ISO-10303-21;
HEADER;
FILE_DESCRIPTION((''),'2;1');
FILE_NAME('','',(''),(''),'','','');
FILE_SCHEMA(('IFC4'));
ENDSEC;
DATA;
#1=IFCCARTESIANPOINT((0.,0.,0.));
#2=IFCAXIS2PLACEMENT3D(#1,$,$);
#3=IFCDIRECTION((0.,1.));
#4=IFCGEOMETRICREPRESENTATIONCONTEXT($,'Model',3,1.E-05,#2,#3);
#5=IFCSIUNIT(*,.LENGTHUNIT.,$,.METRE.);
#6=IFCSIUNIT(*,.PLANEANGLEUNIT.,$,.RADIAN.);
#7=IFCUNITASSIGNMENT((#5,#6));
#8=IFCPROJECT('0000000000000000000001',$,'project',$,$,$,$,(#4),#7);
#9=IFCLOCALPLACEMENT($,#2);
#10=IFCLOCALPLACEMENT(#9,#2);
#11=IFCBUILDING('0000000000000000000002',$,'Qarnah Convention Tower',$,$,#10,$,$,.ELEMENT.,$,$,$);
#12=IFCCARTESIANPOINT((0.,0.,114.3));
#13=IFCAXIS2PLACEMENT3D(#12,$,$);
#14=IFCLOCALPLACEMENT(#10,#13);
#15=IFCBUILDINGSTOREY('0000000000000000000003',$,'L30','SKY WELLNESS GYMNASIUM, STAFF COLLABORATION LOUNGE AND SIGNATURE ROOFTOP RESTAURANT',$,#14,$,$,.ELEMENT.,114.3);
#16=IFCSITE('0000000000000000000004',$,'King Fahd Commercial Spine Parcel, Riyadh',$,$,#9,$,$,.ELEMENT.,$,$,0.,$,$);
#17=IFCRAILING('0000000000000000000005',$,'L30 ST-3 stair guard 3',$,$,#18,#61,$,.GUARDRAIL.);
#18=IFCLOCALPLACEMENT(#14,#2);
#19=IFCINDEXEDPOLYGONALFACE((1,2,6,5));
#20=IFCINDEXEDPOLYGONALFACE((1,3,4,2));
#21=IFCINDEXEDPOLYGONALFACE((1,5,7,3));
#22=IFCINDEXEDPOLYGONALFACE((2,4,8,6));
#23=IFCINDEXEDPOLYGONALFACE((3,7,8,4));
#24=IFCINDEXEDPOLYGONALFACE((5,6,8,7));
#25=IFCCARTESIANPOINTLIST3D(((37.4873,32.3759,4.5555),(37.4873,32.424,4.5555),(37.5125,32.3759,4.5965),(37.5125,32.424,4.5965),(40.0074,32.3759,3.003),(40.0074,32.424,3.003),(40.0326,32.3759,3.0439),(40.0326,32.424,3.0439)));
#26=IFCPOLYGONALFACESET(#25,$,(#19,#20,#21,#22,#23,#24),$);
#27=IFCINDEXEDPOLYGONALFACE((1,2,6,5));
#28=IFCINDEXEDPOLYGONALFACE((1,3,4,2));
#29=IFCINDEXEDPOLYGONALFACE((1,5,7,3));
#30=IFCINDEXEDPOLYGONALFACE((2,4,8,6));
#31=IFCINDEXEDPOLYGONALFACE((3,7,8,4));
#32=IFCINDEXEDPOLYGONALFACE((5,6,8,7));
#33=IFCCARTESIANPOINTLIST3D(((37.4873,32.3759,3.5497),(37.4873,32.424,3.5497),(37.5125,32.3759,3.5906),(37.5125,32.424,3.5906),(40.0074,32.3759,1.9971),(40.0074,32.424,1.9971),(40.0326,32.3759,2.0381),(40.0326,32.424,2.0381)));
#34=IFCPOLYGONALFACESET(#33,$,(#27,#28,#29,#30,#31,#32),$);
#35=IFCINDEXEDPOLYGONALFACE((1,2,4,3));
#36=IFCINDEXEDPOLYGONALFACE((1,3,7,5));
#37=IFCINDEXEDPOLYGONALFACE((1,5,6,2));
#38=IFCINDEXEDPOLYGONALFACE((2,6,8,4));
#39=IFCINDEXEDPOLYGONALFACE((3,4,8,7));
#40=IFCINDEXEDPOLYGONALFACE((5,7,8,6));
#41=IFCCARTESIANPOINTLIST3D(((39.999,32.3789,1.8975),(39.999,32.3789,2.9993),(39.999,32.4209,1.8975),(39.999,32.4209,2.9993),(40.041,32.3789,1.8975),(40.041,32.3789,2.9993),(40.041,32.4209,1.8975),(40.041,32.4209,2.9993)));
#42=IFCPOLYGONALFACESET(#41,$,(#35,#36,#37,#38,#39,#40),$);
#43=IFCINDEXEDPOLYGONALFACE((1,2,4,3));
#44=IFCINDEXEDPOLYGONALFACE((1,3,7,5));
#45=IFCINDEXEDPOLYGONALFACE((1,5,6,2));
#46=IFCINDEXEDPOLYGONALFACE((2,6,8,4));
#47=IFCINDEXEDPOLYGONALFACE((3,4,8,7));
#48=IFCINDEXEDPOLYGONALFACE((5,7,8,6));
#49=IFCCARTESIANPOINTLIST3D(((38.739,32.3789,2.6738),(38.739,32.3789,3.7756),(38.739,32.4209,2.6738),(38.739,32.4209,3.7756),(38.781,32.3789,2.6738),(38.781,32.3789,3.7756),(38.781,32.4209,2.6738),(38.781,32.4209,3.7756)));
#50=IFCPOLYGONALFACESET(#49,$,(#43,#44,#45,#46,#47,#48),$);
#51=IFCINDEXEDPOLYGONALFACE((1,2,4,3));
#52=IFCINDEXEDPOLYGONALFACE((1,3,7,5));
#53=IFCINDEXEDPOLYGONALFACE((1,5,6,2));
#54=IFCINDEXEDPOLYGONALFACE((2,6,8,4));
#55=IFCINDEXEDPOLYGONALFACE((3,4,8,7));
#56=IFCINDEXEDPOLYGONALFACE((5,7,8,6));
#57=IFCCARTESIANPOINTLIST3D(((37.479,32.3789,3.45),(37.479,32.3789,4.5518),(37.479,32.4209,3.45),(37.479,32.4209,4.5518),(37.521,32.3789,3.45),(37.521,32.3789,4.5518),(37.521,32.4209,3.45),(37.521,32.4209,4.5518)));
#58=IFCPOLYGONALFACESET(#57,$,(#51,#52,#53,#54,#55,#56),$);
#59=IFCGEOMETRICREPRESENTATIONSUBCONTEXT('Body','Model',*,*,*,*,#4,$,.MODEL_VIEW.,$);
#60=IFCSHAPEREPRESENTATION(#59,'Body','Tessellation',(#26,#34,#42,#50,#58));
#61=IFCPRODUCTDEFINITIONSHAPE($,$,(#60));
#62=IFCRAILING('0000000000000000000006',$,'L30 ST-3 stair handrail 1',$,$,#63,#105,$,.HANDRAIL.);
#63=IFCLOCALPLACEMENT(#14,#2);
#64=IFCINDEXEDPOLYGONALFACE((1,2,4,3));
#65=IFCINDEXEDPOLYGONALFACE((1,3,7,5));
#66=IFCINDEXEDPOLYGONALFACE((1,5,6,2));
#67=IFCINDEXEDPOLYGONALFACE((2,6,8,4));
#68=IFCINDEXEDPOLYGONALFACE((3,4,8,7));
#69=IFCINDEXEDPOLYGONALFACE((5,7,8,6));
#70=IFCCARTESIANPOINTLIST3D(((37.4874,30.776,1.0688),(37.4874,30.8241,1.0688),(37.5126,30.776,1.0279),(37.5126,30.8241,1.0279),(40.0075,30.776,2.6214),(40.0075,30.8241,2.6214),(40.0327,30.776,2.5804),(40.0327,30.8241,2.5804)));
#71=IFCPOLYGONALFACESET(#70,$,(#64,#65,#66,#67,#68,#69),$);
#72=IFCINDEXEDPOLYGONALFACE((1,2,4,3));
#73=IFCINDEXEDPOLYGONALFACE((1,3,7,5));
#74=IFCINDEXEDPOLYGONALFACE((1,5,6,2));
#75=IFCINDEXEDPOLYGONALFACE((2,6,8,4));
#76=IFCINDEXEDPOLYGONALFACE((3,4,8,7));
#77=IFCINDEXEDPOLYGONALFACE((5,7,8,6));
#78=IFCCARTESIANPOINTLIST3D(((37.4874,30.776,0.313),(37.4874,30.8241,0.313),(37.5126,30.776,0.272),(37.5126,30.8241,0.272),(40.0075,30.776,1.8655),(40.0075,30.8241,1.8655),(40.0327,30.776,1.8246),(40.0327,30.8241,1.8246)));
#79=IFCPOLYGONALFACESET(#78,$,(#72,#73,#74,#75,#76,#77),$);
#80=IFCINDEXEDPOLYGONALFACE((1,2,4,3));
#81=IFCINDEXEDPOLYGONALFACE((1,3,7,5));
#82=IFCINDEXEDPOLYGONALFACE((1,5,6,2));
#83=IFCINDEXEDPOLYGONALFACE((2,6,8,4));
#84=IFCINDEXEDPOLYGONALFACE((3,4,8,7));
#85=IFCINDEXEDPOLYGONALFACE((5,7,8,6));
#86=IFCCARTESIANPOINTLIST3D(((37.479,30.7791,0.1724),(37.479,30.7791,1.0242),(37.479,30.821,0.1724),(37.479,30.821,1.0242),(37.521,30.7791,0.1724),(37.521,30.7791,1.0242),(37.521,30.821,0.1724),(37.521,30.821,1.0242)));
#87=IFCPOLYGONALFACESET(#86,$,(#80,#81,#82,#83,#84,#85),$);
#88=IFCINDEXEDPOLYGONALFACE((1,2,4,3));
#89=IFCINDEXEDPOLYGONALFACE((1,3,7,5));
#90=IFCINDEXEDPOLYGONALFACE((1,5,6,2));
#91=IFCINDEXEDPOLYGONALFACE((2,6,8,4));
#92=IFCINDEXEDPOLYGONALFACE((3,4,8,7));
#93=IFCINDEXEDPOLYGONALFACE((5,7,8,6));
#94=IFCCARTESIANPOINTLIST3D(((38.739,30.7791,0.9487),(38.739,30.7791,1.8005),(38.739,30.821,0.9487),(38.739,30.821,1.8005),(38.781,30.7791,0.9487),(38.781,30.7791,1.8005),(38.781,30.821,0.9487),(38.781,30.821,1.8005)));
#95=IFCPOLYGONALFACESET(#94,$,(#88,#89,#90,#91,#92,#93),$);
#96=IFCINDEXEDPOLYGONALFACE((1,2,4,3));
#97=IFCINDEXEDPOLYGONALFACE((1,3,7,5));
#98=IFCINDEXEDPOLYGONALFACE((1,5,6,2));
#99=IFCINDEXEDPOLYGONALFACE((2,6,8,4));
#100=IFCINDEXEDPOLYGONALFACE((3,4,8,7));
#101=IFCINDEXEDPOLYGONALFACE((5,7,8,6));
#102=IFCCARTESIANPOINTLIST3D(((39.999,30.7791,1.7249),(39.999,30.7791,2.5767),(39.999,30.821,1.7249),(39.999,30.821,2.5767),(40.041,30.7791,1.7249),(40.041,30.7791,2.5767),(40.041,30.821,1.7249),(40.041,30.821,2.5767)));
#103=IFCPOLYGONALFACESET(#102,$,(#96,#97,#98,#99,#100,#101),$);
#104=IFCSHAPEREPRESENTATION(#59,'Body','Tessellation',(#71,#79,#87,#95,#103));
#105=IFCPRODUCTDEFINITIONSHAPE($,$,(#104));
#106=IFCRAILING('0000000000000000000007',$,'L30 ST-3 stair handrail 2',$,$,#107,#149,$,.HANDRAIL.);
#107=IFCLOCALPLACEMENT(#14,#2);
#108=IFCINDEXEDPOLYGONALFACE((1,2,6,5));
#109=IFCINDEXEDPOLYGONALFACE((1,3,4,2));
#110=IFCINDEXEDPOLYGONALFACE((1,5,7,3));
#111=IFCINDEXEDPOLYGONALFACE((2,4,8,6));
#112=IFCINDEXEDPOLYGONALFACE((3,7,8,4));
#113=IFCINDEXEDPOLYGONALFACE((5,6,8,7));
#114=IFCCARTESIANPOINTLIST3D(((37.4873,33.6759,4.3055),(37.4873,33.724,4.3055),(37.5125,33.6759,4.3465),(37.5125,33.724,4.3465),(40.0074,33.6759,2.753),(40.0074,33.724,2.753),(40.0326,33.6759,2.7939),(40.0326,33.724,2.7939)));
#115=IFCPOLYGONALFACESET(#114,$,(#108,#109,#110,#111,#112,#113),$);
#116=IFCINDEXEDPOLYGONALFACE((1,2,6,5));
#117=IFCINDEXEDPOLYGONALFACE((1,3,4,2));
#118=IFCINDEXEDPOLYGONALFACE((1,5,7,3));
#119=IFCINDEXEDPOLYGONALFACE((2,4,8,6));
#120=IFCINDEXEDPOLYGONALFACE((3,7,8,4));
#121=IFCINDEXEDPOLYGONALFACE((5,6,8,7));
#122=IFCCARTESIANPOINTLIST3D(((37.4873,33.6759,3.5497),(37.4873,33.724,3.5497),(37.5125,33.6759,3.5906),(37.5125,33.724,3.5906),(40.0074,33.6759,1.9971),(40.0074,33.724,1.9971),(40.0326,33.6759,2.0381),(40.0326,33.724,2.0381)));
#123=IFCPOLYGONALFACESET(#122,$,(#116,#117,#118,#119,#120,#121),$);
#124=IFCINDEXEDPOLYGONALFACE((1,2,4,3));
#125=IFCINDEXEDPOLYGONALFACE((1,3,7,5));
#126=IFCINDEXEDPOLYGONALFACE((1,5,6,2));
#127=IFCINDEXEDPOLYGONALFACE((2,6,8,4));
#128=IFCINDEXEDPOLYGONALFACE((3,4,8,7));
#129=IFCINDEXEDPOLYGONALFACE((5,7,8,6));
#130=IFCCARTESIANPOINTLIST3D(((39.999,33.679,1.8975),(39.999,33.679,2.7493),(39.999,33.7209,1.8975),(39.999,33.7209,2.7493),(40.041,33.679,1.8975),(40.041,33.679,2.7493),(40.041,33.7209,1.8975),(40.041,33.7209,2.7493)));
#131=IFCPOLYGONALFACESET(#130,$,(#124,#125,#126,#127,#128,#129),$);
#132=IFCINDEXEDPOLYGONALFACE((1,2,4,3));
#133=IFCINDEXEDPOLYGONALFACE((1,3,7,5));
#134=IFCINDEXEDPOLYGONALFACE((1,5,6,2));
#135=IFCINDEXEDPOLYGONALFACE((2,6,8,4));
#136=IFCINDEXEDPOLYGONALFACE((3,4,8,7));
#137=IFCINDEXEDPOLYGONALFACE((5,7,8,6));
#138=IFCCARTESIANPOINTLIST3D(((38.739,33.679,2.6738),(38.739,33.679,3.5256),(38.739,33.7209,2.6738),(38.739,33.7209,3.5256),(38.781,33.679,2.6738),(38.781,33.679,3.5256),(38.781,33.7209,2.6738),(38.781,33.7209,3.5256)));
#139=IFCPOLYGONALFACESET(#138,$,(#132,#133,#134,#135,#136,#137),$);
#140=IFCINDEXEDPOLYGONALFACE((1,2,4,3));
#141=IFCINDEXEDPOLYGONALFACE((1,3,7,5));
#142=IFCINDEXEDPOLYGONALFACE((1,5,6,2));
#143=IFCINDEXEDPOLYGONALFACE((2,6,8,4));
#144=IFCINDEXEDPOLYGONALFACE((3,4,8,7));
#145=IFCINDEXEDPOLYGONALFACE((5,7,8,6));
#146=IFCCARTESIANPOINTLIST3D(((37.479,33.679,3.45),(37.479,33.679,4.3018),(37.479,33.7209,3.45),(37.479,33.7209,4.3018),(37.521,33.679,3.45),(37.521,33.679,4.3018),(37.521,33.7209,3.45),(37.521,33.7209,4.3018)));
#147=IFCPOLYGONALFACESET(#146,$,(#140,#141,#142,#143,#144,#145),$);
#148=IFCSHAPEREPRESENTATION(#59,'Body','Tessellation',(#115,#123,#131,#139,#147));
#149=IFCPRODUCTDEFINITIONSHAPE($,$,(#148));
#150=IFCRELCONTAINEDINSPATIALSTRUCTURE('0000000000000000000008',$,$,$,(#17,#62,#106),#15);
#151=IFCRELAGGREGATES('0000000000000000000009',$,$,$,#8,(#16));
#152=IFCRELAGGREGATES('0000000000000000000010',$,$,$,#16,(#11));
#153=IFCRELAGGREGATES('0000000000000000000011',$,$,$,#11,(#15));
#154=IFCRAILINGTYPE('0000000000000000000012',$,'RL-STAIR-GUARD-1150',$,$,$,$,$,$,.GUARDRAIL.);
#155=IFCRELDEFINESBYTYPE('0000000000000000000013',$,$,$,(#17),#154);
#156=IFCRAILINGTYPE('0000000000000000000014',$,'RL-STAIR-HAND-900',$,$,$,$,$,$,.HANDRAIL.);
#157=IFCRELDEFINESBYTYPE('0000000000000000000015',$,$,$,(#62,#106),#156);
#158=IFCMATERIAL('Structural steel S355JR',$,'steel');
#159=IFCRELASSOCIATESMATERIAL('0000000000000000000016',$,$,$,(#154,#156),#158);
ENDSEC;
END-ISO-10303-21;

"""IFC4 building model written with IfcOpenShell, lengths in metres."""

from ifc_helpers import new_model, si_unit, direction, frame, origin, origin_2d, place, context, subcontext, project, spatial, rectangle, extrude, material, type_object, element, save


model = new_model("IFC4")

# Units and contexts
model_context = context("Model", 3, precision=1e-05, world=origin(), true_north=direction((0.0, 1.0)))
body_context = subcontext(model_context, "Body", "Model", "MODEL_VIEW")
ifc_project = project(units=[si_unit("LENGTHUNIT", "METRE"), si_unit("PLANEANGLEUNIT", "RADIAN")], contexts=[model_context])

# Site, building, storey
site_placement = place(None, origin())
site = spatial("IfcSite", under=ifc_project, at=site_placement, Name="King Fahd Commercial Spine Parcel, Riyadh", CompositionType="ELEMENT", RefElevation=0.0)
building_placement = place(site_placement, origin())
building = spatial("IfcBuilding", under=site, at=building_placement, Name="Qarnah Convention Tower", CompositionType="ELEMENT")
storey_placement = place(building_placement, frame((0.0, 0.0, 114.3)))
storey = spatial("IfcBuildingStorey", under=building, at=storey_placement, Name="L30", Description="SKY WELLNESS GYMNASIUM, STAFF COLLABORATION LOUNGE AND SIGNATURE ROOFTOP RESTAURANT", CompositionType="ELEMENT", Elevation=114.3)

# Shared definitions
ifc_material_1 = material(Name="Structural steel S355JR", Category="steel")

# Railings
railing_type_1 = type_object("IfcRailingType", Name="RL-STAIR-GUARD-1150", PredefinedType="GUARDRAIL", material=ifc_material_1)
railing_1_placement = place(storey_placement, frame((40.02, 32.3999, 1.8975)))
element("IfcRailing", 1, at=railing_1_placement, inside=storey, type_object=railing_type_1, Name="L30 ST-3 stair guard 3", PredefinedType="GUARDRAIL", context=body_context, shape_type="SweptSolid", body=[
    extrude(rectangle(XDim=0.0481, YDim=0.0481, at=origin_2d()), frame((0.0, 0.0, 1.126), z_axis=(-0.8514, 0.0, 0.524516), x_axis=(0.0, -1.0, 0.0)), (0.0, 0.0, 1.0), 2.96),
    extrude(rectangle(XDim=0.0481, YDim=0.0481, at=origin_2d()), frame((0.0, 0.0, 0.1201), z_axis=(-0.8514, 0.0, 0.524516), x_axis=(0.0, -1.0, 0.0)), (0.0, 0.0, 1.0), 2.96),
    extrude(rectangle(XDim=0.042, YDim=0.042, at=origin_2d()), origin(), (0.0, 0.0, 1.0), 1.1018),
    extrude(rectangle(XDim=0.042, YDim=0.042, at=origin_2d()), frame((-1.26, 0.0, 0.7764)), (0.0, 0.0, 1.0), 1.1018),
    extrude(rectangle(XDim=0.042, YDim=0.042, at=origin_2d()), frame((-2.52, 0.0, 1.5525)), (0.0, 0.0, 1.0), 1.1018),
])
railing_type_2 = type_object("IfcRailingType", Name="RL-STAIR-HAND-900", PredefinedType="HANDRAIL", material=ifc_material_1)
railing_2_placement = place(storey_placement, frame((37.5, 30.8, 0.1724)))
element("IfcRailing", 2, at=railing_2_placement, inside=storey, type_object=railing_type_2, Name="L30 ST-3 stair handrail 1", PredefinedType="HANDRAIL", context=body_context, shape_type="SweptSolid", body=[
    extrude(rectangle(XDim=0.0481, YDim=0.0481, at=origin_2d()), frame((0.0, 0.0, 0.876), z_axis=(0.8514, 0.0, 0.524516), x_axis=(0.0, 1.0, 0.0)), (0.0, 0.0, 1.0), 2.96),
    extrude(rectangle(XDim=0.0481, YDim=0.0481, at=origin_2d()), frame((0.0, 0.0, 0.1201), z_axis=(0.8514, 0.0, 0.524516), x_axis=(0.0, 1.0, 0.0)), (0.0, 0.0, 1.0), 2.96),
    extrude(rectangle(XDim=0.042, YDim=0.042, at=origin_2d()), origin(), (0.0, 0.0, 1.0), 0.8518),
    extrude(rectangle(XDim=0.042, YDim=0.042, at=origin_2d()), frame((1.26, 0.0, 0.7764)), (0.0, 0.0, 1.0), 0.8518),
    extrude(rectangle(XDim=0.042, YDim=0.042, at=origin_2d()), frame((2.52, 0.0, 1.5525)), (0.0, 0.0, 1.0), 0.8518),
])
railing_3_placement = place(storey_placement, frame((40.02, 33.7, 1.8975)))
element("IfcRailing", 3, at=railing_3_placement, inside=storey, type_object=railing_type_2, Name="L30 ST-3 stair handrail 2", PredefinedType="HANDRAIL", context=body_context, shape_type="SweptSolid", body=[
    extrude(rectangle(XDim=0.0481, YDim=0.0481, at=origin_2d()), frame((0.0, 0.0, 0.876), z_axis=(-0.8514, 0.0, 0.524516), x_axis=(0.0, -1.0, 0.0)), (0.0, 0.0, 1.0), 2.96),
    extrude(rectangle(XDim=0.0481, YDim=0.0481, at=origin_2d()), frame((0.0, 0.0, 0.1201), z_axis=(-0.8514, 0.0, 0.524516), x_axis=(0.0, -1.0, 0.0)), (0.0, 0.0, 1.0), 2.96),
    extrude(rectangle(XDim=0.042, YDim=0.042, at=origin_2d()), origin(), (0.0, 0.0, 1.0), 0.8518),
    extrude(rectangle(XDim=0.042, YDim=0.042, at=origin_2d()), frame((-1.26, 0.0, 0.7764)), (0.0, 0.0, 1.0), 0.8518),
    extrude(rectangle(XDim=0.042, YDim=0.042, at=origin_2d()), frame((-2.52, 0.0, 1.5525)), (0.0, 0.0, 1.0), 0.8518),
])

save(model, "model.ifc")
